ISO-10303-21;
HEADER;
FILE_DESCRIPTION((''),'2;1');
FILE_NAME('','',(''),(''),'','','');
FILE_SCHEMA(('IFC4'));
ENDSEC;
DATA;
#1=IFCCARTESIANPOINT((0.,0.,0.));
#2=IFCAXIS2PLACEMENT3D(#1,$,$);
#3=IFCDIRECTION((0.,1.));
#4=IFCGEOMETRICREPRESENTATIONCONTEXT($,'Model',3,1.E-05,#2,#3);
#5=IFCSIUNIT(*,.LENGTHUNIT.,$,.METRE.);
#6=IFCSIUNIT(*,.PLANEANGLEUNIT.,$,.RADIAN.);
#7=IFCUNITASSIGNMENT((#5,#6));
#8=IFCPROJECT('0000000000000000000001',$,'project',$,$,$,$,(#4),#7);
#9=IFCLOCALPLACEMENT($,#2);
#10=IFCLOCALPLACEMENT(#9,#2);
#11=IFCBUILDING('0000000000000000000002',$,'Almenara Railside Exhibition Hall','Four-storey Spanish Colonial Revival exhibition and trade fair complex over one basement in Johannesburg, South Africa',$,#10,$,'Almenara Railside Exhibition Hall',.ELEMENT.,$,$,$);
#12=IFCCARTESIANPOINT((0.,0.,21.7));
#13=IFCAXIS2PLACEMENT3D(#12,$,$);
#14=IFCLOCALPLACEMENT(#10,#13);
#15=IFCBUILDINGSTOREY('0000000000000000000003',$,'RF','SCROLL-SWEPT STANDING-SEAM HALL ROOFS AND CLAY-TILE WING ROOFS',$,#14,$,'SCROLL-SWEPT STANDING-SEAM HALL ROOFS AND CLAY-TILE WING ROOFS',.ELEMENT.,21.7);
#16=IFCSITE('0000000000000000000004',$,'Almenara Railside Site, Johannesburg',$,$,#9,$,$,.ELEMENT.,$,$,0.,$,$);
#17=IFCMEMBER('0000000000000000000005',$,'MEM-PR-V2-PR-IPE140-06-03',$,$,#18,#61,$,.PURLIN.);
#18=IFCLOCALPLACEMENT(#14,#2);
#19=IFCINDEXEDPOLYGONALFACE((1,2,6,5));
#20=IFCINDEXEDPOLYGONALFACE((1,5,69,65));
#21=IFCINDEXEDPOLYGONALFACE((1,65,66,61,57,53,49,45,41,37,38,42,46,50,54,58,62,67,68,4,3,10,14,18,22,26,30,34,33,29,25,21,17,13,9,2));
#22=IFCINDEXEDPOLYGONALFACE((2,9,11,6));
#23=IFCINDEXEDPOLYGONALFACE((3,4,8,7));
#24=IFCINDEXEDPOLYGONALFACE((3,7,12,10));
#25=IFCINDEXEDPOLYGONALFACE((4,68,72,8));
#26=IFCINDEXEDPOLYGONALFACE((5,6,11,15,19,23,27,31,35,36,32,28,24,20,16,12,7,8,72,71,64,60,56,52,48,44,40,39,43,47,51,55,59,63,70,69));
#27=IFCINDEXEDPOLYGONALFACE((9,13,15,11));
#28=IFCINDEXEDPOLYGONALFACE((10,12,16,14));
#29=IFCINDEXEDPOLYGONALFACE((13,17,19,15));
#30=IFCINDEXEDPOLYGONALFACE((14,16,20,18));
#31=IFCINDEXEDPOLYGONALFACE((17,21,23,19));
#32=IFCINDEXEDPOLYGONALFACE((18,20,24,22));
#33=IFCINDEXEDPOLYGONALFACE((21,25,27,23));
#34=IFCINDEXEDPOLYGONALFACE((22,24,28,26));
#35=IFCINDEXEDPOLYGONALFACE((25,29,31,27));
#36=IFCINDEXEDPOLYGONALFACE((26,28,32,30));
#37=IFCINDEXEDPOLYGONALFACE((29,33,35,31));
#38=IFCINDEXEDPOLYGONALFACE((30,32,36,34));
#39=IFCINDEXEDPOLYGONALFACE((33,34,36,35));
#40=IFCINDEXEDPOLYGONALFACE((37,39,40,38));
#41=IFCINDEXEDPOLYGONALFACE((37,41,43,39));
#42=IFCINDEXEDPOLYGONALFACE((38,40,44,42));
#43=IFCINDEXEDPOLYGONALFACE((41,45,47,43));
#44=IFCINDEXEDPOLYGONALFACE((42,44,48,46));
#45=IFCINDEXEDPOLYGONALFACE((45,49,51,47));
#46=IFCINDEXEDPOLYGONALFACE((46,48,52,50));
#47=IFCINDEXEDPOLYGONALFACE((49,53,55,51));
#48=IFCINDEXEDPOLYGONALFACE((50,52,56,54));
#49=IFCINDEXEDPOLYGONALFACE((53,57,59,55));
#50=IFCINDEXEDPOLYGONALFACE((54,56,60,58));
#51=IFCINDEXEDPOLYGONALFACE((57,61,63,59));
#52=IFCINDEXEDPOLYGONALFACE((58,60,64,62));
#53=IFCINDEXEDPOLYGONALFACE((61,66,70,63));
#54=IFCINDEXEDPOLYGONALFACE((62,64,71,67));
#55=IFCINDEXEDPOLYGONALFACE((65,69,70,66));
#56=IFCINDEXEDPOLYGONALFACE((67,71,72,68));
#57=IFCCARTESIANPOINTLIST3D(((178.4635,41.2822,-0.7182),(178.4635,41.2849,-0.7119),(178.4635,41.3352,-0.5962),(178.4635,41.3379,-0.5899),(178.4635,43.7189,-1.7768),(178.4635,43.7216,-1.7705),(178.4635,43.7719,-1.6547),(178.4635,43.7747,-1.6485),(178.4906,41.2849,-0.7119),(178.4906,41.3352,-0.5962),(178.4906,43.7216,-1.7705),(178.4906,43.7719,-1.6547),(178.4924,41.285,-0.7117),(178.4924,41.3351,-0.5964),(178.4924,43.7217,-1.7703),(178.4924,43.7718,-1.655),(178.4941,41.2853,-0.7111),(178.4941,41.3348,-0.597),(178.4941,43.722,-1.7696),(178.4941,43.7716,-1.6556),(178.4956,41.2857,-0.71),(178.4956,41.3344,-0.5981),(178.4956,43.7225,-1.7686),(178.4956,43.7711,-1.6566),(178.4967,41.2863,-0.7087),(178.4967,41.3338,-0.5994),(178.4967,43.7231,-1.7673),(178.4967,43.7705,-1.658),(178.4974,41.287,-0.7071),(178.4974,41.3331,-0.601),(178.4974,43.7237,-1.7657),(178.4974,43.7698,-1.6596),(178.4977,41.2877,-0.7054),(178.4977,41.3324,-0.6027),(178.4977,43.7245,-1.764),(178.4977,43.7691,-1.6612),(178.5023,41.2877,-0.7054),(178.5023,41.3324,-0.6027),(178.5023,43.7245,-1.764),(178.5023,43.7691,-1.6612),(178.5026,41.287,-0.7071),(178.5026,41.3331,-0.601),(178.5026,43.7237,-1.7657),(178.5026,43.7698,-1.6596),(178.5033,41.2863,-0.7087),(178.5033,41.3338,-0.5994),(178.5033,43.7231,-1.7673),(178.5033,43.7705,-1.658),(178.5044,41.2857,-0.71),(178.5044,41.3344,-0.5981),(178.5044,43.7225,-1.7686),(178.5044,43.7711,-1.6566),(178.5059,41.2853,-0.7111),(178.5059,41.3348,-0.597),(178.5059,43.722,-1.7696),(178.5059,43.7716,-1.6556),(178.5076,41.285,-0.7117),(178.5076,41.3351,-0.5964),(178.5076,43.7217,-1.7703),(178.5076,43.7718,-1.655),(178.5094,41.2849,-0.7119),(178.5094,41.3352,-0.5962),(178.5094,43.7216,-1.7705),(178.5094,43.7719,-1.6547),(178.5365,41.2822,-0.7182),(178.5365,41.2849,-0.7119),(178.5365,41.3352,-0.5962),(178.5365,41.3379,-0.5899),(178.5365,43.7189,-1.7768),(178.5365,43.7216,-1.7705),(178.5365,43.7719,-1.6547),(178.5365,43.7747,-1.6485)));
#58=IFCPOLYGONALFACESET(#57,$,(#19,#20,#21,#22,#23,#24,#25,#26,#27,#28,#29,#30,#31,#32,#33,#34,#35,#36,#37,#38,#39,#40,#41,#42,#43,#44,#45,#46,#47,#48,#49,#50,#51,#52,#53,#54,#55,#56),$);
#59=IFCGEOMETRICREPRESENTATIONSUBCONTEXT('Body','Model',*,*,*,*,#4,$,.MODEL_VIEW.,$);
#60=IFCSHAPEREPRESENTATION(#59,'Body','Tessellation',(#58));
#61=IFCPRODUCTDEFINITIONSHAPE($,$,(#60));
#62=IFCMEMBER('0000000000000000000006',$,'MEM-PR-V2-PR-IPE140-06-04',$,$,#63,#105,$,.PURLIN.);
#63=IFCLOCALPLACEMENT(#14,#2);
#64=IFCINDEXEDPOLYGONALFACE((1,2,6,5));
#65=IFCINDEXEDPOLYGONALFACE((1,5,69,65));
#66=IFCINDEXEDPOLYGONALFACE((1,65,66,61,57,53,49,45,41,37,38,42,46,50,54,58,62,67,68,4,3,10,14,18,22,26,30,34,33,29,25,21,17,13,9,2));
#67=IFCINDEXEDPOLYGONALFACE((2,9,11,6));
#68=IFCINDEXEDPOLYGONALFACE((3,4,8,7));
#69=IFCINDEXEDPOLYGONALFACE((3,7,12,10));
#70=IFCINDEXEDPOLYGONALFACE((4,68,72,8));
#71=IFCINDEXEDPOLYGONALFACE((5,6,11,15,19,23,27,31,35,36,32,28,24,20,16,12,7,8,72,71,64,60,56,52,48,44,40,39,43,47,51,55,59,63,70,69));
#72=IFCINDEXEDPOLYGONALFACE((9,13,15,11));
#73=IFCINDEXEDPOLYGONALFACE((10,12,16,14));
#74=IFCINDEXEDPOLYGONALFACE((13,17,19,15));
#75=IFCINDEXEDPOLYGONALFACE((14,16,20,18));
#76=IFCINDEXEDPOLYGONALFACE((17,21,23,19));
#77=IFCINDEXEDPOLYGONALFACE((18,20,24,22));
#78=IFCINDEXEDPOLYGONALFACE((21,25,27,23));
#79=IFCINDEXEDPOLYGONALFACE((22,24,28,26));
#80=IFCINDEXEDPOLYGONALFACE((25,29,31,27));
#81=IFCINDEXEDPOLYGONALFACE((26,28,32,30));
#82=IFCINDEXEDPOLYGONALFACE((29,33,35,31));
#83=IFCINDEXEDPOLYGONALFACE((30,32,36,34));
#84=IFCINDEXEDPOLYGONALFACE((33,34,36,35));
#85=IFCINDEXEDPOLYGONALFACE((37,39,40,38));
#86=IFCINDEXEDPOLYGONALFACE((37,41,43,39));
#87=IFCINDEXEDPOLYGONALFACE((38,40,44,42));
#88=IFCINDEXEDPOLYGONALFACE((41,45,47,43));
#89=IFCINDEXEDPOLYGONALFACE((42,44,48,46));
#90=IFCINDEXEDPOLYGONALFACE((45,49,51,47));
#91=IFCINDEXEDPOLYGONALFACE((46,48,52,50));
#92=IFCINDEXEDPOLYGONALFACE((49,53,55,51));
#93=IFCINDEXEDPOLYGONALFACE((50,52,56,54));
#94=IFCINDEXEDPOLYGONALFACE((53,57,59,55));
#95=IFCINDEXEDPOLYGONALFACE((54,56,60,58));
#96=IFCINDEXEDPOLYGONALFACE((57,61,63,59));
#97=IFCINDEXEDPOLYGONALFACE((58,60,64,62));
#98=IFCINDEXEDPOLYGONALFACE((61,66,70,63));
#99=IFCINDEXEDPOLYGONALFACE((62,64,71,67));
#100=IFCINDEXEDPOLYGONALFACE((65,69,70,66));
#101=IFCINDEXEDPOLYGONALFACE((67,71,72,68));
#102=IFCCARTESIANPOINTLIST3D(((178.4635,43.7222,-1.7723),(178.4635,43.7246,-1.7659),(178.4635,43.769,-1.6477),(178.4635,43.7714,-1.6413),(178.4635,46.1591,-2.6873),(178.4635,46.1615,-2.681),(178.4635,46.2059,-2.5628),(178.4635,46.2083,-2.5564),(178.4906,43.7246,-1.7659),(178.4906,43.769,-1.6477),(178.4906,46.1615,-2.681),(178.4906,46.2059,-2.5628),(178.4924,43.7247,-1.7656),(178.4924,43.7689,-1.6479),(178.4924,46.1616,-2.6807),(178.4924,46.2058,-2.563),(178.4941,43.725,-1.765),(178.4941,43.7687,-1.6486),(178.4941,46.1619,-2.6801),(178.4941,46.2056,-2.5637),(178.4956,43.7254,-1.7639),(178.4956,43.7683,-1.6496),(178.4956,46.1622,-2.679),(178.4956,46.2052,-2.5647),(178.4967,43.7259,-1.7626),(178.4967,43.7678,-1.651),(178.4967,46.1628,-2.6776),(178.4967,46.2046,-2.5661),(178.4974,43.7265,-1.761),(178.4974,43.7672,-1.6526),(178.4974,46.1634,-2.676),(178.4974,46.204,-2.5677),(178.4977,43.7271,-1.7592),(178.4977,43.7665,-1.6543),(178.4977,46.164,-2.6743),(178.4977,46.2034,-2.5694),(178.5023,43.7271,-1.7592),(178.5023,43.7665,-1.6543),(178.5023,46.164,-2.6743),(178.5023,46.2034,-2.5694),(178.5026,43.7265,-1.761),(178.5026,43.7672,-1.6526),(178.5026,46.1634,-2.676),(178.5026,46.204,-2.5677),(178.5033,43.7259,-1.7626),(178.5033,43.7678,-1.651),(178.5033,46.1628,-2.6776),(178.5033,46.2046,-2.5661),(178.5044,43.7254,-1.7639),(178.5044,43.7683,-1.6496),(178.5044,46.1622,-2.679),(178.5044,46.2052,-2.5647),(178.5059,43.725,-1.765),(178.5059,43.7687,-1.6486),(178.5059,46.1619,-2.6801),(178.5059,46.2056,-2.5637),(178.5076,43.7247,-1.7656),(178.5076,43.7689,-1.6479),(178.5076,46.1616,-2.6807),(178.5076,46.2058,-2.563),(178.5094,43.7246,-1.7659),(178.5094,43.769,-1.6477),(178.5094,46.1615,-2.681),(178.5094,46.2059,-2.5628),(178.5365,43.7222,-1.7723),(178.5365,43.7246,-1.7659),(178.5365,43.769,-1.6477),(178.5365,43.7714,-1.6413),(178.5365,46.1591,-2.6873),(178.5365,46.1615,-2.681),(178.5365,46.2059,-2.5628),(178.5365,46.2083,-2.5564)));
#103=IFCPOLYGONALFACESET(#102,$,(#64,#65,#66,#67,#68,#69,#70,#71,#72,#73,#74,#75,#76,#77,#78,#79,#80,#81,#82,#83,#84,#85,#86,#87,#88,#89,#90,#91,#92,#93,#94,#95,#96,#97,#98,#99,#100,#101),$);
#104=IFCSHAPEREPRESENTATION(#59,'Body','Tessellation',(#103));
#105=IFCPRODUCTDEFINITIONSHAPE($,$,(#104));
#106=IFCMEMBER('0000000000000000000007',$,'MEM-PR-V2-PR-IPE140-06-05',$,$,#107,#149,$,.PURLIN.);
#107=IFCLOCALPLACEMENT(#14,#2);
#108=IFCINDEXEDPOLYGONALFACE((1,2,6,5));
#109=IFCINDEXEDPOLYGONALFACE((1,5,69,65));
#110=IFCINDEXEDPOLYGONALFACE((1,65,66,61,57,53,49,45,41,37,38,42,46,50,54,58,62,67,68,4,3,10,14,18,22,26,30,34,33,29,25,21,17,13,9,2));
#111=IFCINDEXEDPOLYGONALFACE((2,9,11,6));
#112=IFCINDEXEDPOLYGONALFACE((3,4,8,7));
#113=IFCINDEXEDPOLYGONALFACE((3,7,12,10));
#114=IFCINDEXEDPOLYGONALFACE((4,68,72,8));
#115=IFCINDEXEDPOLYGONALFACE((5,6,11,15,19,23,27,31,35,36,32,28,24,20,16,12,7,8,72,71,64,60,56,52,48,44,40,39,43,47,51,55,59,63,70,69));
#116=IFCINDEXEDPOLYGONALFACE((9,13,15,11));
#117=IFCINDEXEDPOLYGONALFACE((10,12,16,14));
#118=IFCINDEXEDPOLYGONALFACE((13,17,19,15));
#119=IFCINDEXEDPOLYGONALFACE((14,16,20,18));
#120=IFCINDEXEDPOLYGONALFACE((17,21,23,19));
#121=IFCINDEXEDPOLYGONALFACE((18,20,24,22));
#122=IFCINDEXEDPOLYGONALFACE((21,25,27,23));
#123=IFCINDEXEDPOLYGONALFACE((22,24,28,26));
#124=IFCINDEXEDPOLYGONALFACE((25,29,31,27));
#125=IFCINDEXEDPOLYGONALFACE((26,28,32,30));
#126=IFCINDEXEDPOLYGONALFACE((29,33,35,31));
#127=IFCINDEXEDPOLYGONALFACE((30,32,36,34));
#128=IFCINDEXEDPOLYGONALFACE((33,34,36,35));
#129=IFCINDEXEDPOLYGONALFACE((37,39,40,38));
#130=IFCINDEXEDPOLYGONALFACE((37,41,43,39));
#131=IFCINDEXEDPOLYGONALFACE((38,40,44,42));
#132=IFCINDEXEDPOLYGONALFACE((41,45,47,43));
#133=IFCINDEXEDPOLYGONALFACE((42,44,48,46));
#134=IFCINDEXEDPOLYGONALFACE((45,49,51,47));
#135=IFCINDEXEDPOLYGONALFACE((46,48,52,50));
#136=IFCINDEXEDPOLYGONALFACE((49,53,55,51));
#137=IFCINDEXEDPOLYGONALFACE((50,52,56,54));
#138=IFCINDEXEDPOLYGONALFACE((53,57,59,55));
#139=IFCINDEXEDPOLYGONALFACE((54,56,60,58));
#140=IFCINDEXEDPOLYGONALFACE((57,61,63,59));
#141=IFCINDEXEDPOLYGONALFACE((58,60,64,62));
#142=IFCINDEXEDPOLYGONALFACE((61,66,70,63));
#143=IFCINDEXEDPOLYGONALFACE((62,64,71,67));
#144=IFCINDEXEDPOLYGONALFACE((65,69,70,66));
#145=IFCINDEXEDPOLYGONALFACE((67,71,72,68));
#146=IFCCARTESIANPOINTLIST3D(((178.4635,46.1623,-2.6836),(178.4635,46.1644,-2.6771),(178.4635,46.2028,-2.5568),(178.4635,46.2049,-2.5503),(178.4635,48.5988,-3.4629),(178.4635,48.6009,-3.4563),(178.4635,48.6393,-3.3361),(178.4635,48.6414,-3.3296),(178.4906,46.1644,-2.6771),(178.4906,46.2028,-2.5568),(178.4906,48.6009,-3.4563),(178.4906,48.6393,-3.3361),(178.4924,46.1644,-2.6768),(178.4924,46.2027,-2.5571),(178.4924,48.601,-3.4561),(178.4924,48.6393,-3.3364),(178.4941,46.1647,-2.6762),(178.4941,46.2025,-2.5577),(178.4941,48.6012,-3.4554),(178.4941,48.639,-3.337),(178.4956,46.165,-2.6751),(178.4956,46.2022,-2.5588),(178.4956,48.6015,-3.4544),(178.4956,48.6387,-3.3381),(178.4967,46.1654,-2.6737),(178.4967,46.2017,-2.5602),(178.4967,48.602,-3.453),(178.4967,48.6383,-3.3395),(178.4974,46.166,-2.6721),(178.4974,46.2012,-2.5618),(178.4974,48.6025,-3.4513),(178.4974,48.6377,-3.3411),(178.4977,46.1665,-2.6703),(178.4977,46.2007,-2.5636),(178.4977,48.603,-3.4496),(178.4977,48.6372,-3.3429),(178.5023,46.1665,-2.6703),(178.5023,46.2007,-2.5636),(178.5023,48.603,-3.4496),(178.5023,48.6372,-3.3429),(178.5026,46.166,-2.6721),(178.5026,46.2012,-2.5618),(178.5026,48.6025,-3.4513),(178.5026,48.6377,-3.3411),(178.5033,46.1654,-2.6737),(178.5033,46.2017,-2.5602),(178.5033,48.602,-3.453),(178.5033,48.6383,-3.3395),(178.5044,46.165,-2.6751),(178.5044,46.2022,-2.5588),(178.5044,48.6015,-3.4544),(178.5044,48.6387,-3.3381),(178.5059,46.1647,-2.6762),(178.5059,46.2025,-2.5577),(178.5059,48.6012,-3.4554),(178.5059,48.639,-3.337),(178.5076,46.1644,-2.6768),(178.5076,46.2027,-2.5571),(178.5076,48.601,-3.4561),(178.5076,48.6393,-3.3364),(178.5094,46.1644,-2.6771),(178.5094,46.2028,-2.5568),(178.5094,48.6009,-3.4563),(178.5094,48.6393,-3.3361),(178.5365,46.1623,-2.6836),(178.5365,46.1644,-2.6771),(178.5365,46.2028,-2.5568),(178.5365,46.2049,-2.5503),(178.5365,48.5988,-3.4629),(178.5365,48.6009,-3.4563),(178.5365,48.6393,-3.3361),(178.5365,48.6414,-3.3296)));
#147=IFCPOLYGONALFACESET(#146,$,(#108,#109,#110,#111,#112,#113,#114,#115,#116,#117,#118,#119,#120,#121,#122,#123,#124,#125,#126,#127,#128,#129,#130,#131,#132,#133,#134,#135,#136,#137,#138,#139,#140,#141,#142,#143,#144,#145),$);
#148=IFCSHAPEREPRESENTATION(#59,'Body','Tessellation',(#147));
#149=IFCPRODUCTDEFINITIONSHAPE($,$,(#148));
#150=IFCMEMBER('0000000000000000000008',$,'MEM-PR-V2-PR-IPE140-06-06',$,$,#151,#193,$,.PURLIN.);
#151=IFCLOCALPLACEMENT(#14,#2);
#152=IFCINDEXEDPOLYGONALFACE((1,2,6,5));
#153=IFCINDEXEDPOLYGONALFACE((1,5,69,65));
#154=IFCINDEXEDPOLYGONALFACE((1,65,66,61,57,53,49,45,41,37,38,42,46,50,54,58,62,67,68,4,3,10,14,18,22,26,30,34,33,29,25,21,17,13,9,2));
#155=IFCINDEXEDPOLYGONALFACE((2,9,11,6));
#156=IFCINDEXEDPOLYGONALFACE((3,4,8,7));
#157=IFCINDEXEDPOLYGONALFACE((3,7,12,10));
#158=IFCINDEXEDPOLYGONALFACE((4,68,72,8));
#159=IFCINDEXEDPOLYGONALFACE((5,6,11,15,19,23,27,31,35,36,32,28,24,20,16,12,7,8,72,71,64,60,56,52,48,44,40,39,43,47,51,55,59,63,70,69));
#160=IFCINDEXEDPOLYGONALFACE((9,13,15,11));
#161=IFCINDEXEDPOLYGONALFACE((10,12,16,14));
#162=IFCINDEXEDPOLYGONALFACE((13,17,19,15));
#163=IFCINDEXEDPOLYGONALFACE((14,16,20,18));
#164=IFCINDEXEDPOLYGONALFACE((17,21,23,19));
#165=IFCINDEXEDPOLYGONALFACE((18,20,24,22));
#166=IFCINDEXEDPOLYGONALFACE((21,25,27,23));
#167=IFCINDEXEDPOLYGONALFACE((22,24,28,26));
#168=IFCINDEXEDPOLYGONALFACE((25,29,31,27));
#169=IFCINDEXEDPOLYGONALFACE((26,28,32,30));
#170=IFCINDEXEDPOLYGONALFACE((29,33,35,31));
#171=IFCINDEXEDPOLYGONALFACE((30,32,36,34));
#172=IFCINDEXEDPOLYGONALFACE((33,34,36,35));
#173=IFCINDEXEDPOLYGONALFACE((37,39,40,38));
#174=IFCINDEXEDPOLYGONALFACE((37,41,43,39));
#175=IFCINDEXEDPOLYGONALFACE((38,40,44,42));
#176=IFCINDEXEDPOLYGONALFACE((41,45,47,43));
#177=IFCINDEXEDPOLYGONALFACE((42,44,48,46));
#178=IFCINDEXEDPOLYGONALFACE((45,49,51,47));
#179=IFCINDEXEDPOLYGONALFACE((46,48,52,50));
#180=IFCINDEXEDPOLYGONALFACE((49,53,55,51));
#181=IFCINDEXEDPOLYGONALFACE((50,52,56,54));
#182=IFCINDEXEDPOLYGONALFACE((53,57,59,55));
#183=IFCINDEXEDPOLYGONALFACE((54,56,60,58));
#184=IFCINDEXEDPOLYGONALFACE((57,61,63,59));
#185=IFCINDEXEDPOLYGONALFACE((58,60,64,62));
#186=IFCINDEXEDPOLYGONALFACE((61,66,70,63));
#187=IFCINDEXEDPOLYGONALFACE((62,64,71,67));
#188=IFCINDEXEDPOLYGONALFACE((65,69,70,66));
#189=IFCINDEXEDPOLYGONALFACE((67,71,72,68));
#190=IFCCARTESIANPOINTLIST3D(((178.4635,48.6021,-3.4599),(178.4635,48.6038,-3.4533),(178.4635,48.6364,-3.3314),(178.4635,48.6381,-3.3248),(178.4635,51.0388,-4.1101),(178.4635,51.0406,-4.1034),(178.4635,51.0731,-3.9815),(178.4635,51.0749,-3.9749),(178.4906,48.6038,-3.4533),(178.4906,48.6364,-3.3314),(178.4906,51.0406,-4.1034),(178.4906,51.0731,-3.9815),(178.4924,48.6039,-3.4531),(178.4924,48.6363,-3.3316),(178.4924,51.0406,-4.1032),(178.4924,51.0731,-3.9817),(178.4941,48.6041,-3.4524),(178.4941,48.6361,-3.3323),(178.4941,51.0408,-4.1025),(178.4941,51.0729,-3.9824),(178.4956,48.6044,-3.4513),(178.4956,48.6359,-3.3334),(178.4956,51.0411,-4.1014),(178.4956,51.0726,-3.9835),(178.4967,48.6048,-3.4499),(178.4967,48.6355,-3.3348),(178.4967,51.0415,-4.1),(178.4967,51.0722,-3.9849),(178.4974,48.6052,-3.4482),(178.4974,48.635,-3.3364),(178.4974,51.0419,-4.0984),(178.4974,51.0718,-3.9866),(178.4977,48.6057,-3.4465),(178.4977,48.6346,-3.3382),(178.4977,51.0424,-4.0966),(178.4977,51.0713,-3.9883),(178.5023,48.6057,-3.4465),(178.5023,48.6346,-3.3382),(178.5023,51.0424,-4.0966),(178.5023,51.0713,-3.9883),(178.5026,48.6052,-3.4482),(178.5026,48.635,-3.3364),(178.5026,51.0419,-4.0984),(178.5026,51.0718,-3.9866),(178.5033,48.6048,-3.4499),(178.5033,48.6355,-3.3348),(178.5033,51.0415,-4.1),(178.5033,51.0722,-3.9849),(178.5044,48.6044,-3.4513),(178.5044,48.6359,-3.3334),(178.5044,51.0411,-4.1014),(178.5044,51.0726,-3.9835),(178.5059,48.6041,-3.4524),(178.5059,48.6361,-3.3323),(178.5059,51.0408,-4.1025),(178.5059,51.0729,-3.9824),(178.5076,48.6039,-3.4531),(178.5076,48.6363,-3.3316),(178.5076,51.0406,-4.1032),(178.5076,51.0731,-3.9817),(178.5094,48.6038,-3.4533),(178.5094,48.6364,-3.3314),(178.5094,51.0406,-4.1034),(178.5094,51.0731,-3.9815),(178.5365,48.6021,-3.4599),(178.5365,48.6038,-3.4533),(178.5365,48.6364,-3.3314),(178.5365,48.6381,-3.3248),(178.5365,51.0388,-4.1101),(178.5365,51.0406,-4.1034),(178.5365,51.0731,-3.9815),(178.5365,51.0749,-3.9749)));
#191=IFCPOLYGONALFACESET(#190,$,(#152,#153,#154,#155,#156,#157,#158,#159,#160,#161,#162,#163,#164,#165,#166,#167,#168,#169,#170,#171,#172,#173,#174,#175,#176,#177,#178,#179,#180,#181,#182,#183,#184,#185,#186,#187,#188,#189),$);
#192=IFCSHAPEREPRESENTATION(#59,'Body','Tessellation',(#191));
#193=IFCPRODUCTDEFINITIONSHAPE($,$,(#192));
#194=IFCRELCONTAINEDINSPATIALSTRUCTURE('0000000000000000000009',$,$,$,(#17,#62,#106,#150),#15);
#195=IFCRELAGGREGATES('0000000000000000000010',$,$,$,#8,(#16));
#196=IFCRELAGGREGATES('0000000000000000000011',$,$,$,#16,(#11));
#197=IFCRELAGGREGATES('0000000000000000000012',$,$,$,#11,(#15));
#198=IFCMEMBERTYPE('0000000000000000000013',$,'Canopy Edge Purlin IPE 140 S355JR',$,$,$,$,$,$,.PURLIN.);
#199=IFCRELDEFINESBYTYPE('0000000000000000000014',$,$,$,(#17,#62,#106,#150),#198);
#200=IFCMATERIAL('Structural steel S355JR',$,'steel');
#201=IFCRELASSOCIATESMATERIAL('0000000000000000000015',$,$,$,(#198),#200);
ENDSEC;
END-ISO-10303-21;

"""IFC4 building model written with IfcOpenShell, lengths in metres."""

from ifc_helpers import new_model, si_unit, direction, frame, origin, origin_2d, place, context, subcontext, project, spatial, i_section, extrude, material, material_profile, profile_set, type_object, element, save


model = new_model("IFC4")

# Units and contexts
model_context = context("Model", 3, precision=1e-05, world=origin(), true_north=direction((0.0, 1.0)))
body_context = subcontext(model_context, "Body", "Model", "MODEL_VIEW")
ifc_project = project(units=[si_unit("LENGTHUNIT", "METRE"), si_unit("PLANEANGLEUNIT", "RADIAN")], contexts=[model_context])

# Site, building, storey
site_placement = place(None, origin())
site = spatial("IfcSite", under=ifc_project, at=site_placement, Name="Almenara Railside Site, Johannesburg", CompositionType="ELEMENT", RefElevation=0.0)
building_placement = place(site_placement, origin())
building = spatial("IfcBuilding", under=site, at=building_placement, Name="Almenara Railside Exhibition Hall", Description="Four-storey Spanish Colonial Revival exhibition and trade fair complex over one basement in Johannesburg, South Africa", LongName="Almenara Railside Exhibition Hall", CompositionType="ELEMENT")
storey_placement = place(building_placement, frame((0.0, 0.0, 21.7)))
storey = spatial("IfcBuildingStorey", under=building, at=storey_placement, Name="RF", Description="SCROLL-SWEPT STANDING-SEAM HALL ROOFS AND CLAY-TILE WING ROOFS", LongName="SCROLL-SWEPT STANDING-SEAM HALL ROOFS AND CLAY-TILE WING ROOFS", CompositionType="ELEMENT", Elevation=21.7)

# Members
ifc_material_1 = material(Name="Structural steel S355JR", Category="steel")
ifc_material_profile_1 = material_profile(ifc_material_1, i_section(OverallWidth=0.073, OverallDepth=0.1399, WebThickness=0.0046, FlangeThickness=0.0068, FilletRadius=0.0071, at=origin_2d()), Name="IPE 140")
ifc_profile_set_1 = profile_set([ifc_material_profile_1], Name="Structural steel S355JR")
member_type_1 = type_object("IfcMemberType", Name="Canopy Edge Purlin IPE 140 S355JR", PredefinedType="PURLIN", material=ifc_profile_set_1)
member_1_placement = place(storey_placement, frame((178.5, 41.3101, -0.6541), z_axis=(0.0, 0.91719, -0.398451), x_axis=(-1.0, 0.0, 0.0)))
element("IfcMember", 1, at=member_1_placement, inside=storey, type_object=member_type_1, Name="MEM-PR-V2-PR-IPE140-06-03", PredefinedType="PURLIN", context=body_context, shape_type="SweptSolid", body=[
    extrude(i_section(OverallWidth=0.073, OverallDepth=0.1399, WebThickness=0.0046, FlangeThickness=0.0068, FilletRadius=0.0071, at=origin_2d()), origin(), (0.0, 0.0, 1.0), 2.6567),
])
member_2_placement = place(storey_placement, frame((178.5, 43.7468, -1.7068), z_axis=(0.0, 0.936171, -0.351545), x_axis=(-1.0, 0.0, 0.0)))
element("IfcMember", 2, at=member_2_placement, inside=storey, type_object=member_type_1, Name="MEM-PR-V2-PR-IPE140-06-04", PredefinedType="PURLIN", context=body_context, shape_type="SweptSolid", body=[
    extrude(i_section(OverallWidth=0.073, OverallDepth=0.1399, WebThickness=0.0046, FlangeThickness=0.0068, FilletRadius=0.0071, at=origin_2d()), origin(), (0.0, 0.0, 1.0), 2.603),
])
member_3_placement = place(storey_placement, frame((178.5, 46.1836, -2.6169), z_axis=(0.0, 0.952468, -0.304637), x_axis=(-1.0, 0.0, 0.0)))
element("IfcMember", 3, at=member_3_placement, inside=storey, type_object=member_type_1, Name="MEM-PR-V2-PR-IPE140-06-05", PredefinedType="PURLIN", context=body_context, shape_type="SweptSolid", body=[
    extrude(i_section(OverallWidth=0.073, OverallDepth=0.1399, WebThickness=0.0046, FlangeThickness=0.0068, FilletRadius=0.0071, at=origin_2d()), origin(), (0.0, 0.0, 1.0), 2.5581),
])
member_4_placement = place(storey_placement, frame((178.5, 48.6201, -3.3923), z_axis=(0.0, 0.966201, -0.257789), x_axis=(-1.0, 0.0, 0.0)))
element("IfcMember", 4, at=member_4_placement, inside=storey, type_object=member_type_1, Name="MEM-PR-V2-PR-IPE140-06-06", PredefinedType="PURLIN", context=body_context, shape_type="SweptSolid", body=[
    extrude(i_section(OverallWidth=0.073, OverallDepth=0.1399, WebThickness=0.0046, FlangeThickness=0.0068, FilletRadius=0.0071, at=origin_2d()), origin(), (0.0, 0.0, 1.0), 2.522),
])

save(model, "model.ifc")
